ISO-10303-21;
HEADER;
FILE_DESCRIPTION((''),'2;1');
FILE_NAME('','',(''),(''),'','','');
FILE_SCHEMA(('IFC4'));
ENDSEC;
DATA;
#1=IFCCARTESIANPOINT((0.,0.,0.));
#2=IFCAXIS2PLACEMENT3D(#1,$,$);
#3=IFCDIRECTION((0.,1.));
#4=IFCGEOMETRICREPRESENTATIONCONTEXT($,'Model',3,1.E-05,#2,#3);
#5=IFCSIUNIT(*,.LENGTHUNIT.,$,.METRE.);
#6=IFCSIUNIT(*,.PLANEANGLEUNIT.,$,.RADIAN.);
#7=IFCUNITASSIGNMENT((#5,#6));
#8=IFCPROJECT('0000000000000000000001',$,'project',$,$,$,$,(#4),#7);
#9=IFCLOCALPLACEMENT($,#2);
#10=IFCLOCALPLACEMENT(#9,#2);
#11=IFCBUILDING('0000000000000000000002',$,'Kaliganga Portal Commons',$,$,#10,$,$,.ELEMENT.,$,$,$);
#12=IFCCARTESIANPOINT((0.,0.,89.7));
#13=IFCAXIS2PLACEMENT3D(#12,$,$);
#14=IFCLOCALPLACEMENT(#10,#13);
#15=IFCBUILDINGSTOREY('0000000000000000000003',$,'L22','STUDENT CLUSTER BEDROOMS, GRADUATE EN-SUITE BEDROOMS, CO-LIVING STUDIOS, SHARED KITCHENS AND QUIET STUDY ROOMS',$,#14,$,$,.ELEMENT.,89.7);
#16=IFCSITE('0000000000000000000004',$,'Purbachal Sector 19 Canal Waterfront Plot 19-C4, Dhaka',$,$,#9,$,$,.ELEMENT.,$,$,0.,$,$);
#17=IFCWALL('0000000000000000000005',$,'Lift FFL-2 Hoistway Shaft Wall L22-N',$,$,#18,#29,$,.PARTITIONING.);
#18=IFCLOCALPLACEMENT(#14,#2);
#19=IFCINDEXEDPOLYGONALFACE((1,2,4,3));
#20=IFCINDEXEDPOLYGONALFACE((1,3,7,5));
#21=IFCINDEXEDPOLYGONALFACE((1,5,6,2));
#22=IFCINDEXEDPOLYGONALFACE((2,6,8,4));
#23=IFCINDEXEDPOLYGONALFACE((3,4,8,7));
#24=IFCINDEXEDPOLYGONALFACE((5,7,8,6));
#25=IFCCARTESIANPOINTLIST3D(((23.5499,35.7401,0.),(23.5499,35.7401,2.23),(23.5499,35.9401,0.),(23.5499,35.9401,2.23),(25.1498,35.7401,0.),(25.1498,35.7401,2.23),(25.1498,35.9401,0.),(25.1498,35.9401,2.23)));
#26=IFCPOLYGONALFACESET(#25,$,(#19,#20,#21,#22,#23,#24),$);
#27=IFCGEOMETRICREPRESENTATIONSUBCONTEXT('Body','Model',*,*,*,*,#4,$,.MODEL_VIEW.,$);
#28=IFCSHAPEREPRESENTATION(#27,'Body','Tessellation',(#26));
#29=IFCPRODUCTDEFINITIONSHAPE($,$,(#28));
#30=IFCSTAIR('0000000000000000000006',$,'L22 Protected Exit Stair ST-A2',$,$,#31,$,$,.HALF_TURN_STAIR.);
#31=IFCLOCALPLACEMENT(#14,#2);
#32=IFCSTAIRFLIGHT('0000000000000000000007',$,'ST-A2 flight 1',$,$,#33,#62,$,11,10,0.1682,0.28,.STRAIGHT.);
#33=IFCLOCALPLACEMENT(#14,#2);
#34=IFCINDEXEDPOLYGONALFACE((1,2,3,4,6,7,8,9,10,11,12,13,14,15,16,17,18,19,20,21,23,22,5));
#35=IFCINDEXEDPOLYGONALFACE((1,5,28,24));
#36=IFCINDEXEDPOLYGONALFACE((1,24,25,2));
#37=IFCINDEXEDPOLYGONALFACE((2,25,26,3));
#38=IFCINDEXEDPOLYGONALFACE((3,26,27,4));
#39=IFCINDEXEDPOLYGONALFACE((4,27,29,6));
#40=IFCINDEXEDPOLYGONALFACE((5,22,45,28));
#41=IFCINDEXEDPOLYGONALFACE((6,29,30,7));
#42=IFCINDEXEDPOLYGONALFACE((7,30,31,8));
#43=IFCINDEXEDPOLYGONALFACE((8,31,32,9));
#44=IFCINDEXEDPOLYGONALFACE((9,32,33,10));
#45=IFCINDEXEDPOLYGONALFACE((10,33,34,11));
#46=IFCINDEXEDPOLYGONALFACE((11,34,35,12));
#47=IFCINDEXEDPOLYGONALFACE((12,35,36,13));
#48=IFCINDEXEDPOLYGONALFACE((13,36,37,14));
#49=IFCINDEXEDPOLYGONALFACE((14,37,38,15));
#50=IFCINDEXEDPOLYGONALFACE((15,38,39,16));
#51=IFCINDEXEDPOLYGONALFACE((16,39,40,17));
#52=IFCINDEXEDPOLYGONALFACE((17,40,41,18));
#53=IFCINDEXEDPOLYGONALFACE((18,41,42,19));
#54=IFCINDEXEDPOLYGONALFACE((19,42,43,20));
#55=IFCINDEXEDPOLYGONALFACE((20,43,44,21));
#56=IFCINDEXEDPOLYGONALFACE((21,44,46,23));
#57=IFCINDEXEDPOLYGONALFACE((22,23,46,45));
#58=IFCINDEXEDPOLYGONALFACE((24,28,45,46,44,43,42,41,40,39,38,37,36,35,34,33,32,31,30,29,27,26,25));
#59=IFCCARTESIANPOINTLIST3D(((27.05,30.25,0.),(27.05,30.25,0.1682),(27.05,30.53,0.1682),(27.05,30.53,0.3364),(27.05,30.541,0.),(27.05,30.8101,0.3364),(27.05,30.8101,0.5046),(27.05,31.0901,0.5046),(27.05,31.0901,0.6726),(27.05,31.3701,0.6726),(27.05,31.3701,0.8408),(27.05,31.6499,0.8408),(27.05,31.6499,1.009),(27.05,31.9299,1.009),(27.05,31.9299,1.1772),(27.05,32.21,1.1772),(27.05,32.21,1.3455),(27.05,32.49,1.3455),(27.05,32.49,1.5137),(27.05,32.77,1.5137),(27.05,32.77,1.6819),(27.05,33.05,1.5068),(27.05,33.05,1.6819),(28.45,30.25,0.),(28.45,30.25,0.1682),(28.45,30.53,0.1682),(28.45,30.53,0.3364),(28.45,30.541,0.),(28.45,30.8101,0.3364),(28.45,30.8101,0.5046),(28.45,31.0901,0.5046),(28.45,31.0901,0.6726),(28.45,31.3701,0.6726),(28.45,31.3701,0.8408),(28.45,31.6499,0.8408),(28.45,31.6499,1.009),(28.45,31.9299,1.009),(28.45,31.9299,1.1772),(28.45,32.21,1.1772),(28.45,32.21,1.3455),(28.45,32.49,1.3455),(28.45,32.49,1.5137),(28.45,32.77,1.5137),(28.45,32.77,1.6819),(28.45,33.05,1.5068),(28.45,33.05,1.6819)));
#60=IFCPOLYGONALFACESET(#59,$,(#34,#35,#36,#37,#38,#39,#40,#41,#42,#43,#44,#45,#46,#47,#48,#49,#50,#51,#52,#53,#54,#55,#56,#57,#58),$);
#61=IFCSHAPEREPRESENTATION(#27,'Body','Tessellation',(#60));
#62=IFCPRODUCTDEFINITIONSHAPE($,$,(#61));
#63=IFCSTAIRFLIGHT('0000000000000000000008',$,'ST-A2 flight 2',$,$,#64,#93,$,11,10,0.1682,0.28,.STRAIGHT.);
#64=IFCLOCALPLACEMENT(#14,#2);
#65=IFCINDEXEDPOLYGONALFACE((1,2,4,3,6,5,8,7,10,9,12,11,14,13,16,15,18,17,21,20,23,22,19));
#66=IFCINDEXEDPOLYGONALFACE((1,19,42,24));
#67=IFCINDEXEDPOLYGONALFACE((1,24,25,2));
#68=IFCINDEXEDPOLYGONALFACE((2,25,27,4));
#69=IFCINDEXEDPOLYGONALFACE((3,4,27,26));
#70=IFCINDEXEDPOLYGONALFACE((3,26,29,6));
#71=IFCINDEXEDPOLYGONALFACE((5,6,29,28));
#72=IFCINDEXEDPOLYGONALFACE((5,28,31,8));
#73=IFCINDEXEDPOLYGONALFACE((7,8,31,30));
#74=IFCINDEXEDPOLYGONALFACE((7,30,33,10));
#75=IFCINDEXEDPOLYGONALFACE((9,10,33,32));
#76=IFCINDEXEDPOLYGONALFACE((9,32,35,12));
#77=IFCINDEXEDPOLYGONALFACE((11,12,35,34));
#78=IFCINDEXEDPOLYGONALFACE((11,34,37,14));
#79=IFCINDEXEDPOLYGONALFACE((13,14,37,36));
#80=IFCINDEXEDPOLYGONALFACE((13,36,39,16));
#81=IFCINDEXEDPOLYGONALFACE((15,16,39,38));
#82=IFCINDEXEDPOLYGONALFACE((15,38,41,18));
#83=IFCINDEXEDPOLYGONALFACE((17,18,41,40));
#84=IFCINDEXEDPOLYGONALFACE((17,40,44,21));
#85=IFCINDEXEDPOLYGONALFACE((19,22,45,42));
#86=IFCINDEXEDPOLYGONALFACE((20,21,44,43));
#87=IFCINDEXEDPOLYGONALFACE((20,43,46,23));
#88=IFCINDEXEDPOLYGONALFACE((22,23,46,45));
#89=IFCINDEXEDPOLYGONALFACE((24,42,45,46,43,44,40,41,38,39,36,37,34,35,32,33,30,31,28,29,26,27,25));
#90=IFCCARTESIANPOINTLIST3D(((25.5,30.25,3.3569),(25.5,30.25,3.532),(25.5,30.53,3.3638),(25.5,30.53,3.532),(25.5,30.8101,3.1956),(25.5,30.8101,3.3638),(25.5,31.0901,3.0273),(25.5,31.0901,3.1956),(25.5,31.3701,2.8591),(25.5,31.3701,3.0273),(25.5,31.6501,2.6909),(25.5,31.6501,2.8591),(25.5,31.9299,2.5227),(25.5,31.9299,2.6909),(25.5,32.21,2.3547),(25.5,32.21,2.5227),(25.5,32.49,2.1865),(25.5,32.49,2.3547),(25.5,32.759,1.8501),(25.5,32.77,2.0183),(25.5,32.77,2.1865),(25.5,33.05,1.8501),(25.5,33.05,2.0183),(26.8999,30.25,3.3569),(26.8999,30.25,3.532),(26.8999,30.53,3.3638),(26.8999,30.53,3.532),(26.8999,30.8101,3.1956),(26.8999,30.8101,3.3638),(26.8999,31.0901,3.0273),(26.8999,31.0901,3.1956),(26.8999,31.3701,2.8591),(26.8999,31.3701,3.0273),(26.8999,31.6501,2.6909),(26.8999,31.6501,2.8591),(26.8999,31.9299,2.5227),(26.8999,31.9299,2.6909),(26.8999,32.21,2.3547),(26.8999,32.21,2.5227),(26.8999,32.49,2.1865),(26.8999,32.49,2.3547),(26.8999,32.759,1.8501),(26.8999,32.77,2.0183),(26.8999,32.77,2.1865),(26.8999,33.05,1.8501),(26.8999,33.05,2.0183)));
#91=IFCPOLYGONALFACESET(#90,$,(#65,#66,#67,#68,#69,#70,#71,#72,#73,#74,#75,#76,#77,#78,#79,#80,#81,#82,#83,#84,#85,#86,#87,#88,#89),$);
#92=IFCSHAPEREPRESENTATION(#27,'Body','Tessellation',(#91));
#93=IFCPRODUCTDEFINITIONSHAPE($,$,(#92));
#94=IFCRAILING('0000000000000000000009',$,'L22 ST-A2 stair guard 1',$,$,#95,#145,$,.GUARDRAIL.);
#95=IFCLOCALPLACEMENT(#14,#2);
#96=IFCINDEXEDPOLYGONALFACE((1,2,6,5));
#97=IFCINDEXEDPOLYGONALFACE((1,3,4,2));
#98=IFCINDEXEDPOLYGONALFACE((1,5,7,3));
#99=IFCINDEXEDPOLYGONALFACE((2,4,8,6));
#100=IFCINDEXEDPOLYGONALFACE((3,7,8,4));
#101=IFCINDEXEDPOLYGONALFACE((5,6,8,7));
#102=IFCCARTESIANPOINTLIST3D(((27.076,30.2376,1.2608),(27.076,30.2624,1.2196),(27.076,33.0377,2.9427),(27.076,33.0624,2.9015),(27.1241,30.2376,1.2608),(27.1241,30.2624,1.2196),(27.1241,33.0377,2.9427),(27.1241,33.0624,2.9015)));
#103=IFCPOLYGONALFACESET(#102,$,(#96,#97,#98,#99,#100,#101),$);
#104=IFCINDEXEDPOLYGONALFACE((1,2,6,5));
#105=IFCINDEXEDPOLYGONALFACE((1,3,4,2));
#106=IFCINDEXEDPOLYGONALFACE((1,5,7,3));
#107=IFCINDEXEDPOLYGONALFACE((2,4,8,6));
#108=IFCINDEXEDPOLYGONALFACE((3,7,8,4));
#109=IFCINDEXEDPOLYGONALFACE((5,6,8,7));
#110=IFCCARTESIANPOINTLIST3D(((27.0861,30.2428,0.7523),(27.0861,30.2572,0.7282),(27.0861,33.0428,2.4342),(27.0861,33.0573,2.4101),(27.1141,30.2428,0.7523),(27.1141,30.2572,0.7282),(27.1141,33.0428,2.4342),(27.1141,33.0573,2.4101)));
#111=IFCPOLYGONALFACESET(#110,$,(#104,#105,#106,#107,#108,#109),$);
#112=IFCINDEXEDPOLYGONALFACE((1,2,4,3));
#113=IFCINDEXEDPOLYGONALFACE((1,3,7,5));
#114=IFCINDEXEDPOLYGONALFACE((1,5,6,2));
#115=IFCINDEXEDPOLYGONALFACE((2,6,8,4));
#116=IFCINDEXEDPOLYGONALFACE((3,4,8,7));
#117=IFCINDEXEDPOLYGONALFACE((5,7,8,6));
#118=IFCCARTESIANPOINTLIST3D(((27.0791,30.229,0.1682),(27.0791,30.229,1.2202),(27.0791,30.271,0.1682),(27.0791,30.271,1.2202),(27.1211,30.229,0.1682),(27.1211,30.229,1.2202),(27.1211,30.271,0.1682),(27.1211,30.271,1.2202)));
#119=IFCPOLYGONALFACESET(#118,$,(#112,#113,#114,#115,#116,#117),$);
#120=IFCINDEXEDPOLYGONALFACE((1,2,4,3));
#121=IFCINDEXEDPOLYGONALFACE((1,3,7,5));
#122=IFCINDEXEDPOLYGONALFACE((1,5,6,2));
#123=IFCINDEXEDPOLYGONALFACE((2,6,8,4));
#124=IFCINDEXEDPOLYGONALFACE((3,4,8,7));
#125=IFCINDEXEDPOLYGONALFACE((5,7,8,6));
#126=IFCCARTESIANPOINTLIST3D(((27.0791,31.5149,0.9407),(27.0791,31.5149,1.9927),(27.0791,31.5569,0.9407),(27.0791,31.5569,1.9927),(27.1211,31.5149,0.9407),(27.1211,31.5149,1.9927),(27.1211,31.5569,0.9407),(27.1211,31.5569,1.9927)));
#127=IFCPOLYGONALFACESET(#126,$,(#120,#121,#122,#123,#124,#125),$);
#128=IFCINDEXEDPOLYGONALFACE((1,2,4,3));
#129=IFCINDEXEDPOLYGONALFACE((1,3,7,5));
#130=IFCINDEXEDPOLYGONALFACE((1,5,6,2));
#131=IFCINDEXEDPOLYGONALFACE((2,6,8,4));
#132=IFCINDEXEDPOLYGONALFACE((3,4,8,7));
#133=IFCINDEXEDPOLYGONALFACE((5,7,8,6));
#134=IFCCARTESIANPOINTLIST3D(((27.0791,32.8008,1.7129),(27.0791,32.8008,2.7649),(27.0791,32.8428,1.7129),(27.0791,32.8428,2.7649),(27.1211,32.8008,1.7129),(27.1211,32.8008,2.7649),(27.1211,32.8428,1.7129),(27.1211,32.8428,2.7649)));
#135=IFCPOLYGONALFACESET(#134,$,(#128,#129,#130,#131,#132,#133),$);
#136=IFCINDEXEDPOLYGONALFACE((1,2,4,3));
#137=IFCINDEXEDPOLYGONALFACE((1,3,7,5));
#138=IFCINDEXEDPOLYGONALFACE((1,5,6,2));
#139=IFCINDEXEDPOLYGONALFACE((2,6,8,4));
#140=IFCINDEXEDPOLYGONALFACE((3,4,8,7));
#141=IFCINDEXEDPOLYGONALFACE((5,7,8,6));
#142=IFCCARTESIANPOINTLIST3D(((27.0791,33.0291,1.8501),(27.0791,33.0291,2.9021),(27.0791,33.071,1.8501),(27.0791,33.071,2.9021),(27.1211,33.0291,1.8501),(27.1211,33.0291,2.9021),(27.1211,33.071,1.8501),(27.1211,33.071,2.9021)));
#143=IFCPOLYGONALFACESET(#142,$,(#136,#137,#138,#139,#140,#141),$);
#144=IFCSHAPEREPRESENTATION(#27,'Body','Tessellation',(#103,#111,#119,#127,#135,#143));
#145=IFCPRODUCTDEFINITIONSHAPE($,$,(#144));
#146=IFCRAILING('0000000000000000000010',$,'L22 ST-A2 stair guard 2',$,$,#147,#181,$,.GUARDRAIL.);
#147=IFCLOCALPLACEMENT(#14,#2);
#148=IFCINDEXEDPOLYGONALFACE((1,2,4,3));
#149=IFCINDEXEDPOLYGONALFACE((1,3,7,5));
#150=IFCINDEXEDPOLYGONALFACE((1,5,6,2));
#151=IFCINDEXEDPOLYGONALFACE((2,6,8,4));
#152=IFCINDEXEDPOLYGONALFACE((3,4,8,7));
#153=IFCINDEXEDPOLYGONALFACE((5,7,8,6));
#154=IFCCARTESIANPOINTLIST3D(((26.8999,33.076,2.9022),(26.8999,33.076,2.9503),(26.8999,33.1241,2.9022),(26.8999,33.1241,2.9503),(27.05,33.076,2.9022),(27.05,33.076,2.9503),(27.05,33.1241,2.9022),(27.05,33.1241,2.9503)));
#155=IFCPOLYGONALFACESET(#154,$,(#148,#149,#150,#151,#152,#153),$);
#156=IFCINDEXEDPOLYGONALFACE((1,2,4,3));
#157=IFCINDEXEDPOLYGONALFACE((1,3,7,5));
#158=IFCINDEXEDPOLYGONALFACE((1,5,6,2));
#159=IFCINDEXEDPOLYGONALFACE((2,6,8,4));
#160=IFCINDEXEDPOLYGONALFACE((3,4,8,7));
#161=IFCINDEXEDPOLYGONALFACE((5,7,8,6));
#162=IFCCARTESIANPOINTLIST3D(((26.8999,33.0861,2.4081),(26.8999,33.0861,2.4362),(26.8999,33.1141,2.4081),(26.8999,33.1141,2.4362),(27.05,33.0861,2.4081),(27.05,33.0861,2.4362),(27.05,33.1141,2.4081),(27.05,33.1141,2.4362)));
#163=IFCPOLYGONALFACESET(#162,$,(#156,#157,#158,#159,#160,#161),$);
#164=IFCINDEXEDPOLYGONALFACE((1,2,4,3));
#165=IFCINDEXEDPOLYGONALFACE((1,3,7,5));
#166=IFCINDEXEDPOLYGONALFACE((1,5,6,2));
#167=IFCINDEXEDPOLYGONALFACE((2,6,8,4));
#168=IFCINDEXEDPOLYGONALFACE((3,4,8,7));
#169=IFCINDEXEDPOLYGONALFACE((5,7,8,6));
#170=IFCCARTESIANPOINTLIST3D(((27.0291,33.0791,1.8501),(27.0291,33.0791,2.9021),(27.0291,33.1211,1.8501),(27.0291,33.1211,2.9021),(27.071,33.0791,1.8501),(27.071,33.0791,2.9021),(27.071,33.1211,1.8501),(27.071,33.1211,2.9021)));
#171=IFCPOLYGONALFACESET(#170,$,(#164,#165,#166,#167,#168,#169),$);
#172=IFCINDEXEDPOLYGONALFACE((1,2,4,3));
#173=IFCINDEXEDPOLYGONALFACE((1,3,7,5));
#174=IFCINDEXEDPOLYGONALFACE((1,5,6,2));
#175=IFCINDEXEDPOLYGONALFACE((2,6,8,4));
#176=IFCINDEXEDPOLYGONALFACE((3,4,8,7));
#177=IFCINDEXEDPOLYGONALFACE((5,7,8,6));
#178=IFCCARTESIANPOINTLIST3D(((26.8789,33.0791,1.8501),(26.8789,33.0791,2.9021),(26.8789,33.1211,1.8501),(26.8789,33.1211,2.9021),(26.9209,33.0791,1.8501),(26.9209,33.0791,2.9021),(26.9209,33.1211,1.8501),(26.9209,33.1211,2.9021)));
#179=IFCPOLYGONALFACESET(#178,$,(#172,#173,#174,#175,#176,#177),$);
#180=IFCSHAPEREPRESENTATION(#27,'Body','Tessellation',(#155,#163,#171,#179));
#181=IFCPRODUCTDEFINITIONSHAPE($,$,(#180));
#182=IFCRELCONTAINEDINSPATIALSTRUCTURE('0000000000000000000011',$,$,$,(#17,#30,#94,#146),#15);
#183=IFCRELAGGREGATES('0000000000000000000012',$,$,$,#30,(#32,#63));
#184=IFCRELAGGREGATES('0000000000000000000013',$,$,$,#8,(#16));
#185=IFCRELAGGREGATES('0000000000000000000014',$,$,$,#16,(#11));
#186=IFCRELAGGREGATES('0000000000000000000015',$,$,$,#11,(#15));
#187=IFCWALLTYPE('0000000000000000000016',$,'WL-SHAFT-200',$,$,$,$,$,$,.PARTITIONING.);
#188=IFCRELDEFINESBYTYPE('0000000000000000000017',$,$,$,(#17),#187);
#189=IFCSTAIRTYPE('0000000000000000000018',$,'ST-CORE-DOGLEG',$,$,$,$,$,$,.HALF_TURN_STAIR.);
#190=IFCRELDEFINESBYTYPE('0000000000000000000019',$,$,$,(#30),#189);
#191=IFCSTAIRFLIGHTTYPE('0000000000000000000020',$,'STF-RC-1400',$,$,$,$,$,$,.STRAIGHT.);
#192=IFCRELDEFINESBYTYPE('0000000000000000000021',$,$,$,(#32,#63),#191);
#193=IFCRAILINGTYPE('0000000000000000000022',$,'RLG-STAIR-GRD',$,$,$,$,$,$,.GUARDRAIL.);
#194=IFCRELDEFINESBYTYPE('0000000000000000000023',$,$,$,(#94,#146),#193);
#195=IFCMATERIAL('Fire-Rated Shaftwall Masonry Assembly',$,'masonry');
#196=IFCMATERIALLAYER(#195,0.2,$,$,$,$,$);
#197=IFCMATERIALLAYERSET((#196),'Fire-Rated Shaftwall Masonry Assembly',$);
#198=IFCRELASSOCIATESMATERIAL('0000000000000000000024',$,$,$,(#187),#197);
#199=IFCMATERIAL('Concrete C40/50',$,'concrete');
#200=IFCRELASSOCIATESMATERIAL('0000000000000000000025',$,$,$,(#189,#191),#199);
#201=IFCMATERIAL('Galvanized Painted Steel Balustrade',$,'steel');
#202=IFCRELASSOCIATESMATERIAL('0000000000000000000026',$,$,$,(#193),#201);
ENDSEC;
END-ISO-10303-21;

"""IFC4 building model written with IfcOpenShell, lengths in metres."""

from ifc_helpers import new_model, si_unit, direction, frame, frame_2d, origin, origin_2d, place, context, subcontext, project, spatial, polyline, rectangle, outline, extrude, material, layer, layer_set, type_object, element, aggregate, save


model = new_model("IFC4")

# Units and contexts
model_context = context("Model", 3, precision=1e-05, world=origin(), true_north=direction((0.0, 1.0)))
body_context = subcontext(model_context, "Body", "Model", "MODEL_VIEW")
ifc_project = project(units=[si_unit("LENGTHUNIT", "METRE"), si_unit("PLANEANGLEUNIT", "RADIAN")], contexts=[model_context])

# Site, building, storey
site_placement = place(None, origin())
site = spatial("IfcSite", under=ifc_project, at=site_placement, Name="Purbachal Sector 19 Canal Waterfront Plot 19-C4, Dhaka", CompositionType="ELEMENT", RefElevation=0.0)
building_placement = place(site_placement, origin())
building = spatial("IfcBuilding", under=site, at=building_placement, Name="Kaliganga Portal Commons", CompositionType="ELEMENT")
storey_placement = place(building_placement, frame((0.0, 0.0, 89.7)))
storey = spatial("IfcBuildingStorey", under=building, at=storey_placement, Name="L22", Description="STUDENT CLUSTER BEDROOMS, GRADUATE EN-SUITE BEDROOMS, CO-LIVING STUDIOS, SHARED KITCHENS AND QUIET STUDY ROOMS", CompositionType="ELEMENT", Elevation=89.7)

# Shared definitions
ifc_material_1 = material(Name="Fire-Rated Shaftwall Masonry Assembly", Category="masonry")
ifc_layer_1 = layer(ifc_material_1, 0.2)
ifc_layer_set_1 = layer_set([ifc_layer_1], Name="Fire-Rated Shaftwall Masonry Assembly")
wall_type_1 = type_object("IfcWallType", Name="WL-SHAFT-200", PredefinedType="PARTITIONING", material=ifc_layer_set_1)

# Wall
wall_1_placement = place(storey_placement, frame((23.55, 35.8401, 0.0), z_axis=(0.0, 0.0, 1.0), x_axis=(1.0, 0.0, 0.0)))
element("IfcWall", 1, at=wall_1_placement, inside=storey, type_object=wall_type_1, Name="Lift FFL-2 Hoistway Shaft Wall L22-N", PredefinedType="PARTITIONING", context=body_context, shape_type="SweptSolid", body=[
    extrude(rectangle(XDim=1.5999, YDim=0.2, at=frame_2d((0.7998, 0.0))), origin(), (0.0, 0.0, 1.0), 2.23),
])

# Stair, stair flights
ifc_material_2 = material(Name="Concrete C40/50", Category="concrete")
stair_type = type_object("IfcStairType", Name="ST-CORE-DOGLEG", PredefinedType="HALF_TURN_STAIR", material=ifc_material_2)
stair_placement = place(storey_placement, origin())
stair = element("IfcStair", 2, at=stair_placement, inside=storey, type_object=stair_type, Name="L22 Protected Exit Stair ST-A2", PredefinedType="HALF_TURN_STAIR")
stair_flight_type = type_object("IfcStairFlightType", Name="STF-RC-1400", PredefinedType="STRAIGHT", material=ifc_material_2)
stair_flight_1_placement = place(storey_placement, frame((27.75, 30.25, 0.0), z_axis=(0.0, 0.0, 1.0), x_axis=(0.0, 1.0, 0.0)))
stair_flight_1 = element("IfcStairFlight", 3, at=stair_flight_1_placement, type_object=stair_flight_type, Name="ST-A2 flight 1", NumberOfRisers=11, NumberOfTreads=10, PredefinedType="STRAIGHT", RiserHeight=0.1682, TreadLength=0.28, context=body_context, shape_type="SweptSolid", body=[
    extrude(outline(polyline([(0.0, 0.0), (0.0, 0.1682), (0.28, 0.1682), (0.28, 0.3364), (0.5601, 0.3364), (0.5601, 0.5046), (0.8401, 0.5046), (0.8401, 0.6726), (1.1201, 0.6726), (1.1201, 0.8408), (1.3999, 0.8408), (1.3999, 1.009), (1.6799, 1.009), (1.6799, 1.1772), (1.96, 1.1772), (1.96, 1.3455), (2.24, 1.3455), (2.24, 1.5137), (2.52, 1.5137), (2.52, 1.6819), (2.8, 1.6819), (2.8, 1.8501), (2.8, 1.5068), (0.291, 0.0), (0.0, 0.0)])), frame((0.0, 0.7, 0.0), z_axis=(0.0, -1.0, 0.0), x_axis=(1.0, 0.0, 0.0)), (0.0, 0.0, 1.0), 1.3999),
])
stair_flight_2_placement = place(storey_placement, frame((26.2, 33.05, 1.8501), z_axis=(0.0, 0.0, 1.0), x_axis=(0.0, -1.0, 0.0)))
stair_flight_2 = element("IfcStairFlight", 4, at=stair_flight_2_placement, type_object=stair_flight_type, Name="ST-A2 flight 2", NumberOfRisers=11, NumberOfTreads=10, PredefinedType="STRAIGHT", RiserHeight=0.1682, TreadLength=0.28, context=body_context, shape_type="SweptSolid", body=[
    extrude(outline(polyline([(0.0, 0.0), (0.0, 0.1682), (0.28, 0.1682), (0.28, 0.3364), (0.5601, 0.3364), (0.5601, 0.5046), (0.8401, 0.5046), (0.8401, 0.6726), (1.1201, 0.6726), (1.1201, 0.8408), (1.3999, 0.8408), (1.3999, 1.009), (1.6799, 1.009), (1.6799, 1.1772), (1.96, 1.1772), (1.96, 1.3455), (2.24, 1.3455), (2.24, 1.5137), (2.52, 1.5137), (2.52, 1.6819), (2.8, 1.6819), (2.8, 1.8501), (2.8, 1.5068), (0.291, 0.0), (0.0, 0.0)])), frame((0.0, 0.7, 0.0), z_axis=(0.0, -1.0, 0.0), x_axis=(1.0, 0.0, 0.0)), (0.0, 0.0, 1.0), 1.3999),
])
aggregate(stair, [stair_flight_1, stair_flight_2])

# Railings
ifc_material_3 = material(Name="Galvanized Painted Steel Balustrade", Category="steel")
railing_type_1 = type_object("IfcRailingType", Name="RLG-STAIR-GRD", PredefinedType="GUARDRAIL", material=ifc_material_3)
railing_1_placement = place(storey_placement, frame((27.1001, 30.25, 0.1682)))
element("IfcRailing", 5, at=railing_1_placement, inside=storey, type_object=railing_type_1, Name="L22 ST-A2 stair guard 1", PredefinedType="GUARDRAIL", context=body_context, shape_type="SweptSolid", body=[
    extrude(rectangle(XDim=0.0481, YDim=0.0481, at=origin_2d()), frame((0.0, 0.0, 1.072), z_axis=(0.0, 0.857242, 0.514913), x_axis=(-1.0, 0.0, 0.0)), (0.0, 0.0, 1.0), 3.2664),
    extrude(rectangle(XDim=0.0281, YDim=0.0281, at=origin_2d()), frame((0.0, 0.0, 0.572), z_axis=(0.0, 0.857242, 0.514913), x_axis=(-1.0, 0.0, 0.0)), (0.0, 0.0, 1.0), 3.2664),
    extrude(rectangle(XDim=0.042, YDim=0.042, at=origin_2d()), origin(), (0.0, 0.0, 1.0), 1.052),
    extrude(rectangle(XDim=0.042, YDim=0.042, at=origin_2d()), frame((0.0, 1.2859, 0.7725)), (0.0, 0.0, 1.0), 1.052),
    extrude(rectangle(XDim=0.042, YDim=0.042, at=origin_2d()), frame((0.0, 2.5718, 1.5447)), (0.0, 0.0, 1.0), 1.052),
    extrude(rectangle(XDim=0.042, YDim=0.042, at=origin_2d()), frame((0.0, 2.8, 1.6819)), (0.0, 0.0, 1.0), 1.052),
])
railing_2_placement = place(storey_placement, frame((27.05, 33.1001, 1.8501)))
element("IfcRailing", 6, at=railing_2_placement, inside=storey, type_object=railing_type_1, Name="L22 ST-A2 stair guard 2", PredefinedType="GUARDRAIL", context=body_context, shape_type="SweptSolid", body=[
    extrude(rectangle(XDim=0.0481, YDim=0.0481, at=origin_2d()), frame((0.0, 0.0, 1.0762), z_axis=(-1.0, 0.0, 0.0), x_axis=(0.0, -1.0, 0.0)), (0.0, 0.0, 1.0), 0.1501),
    extrude(rectangle(XDim=0.0281, YDim=0.0281, at=origin_2d()), frame((0.0, 0.0, 0.572), z_axis=(-1.0, 0.0, 0.0), x_axis=(0.0, -1.0, 0.0)), (0.0, 0.0, 1.0), 0.1501),
    extrude(rectangle(XDim=0.042, YDim=0.042, at=origin_2d()), origin(), (0.0, 0.0, 1.0), 1.052),
    extrude(rectangle(XDim=0.042, YDim=0.042, at=origin_2d()), frame((-0.1501, 0.0, 0.0)), (0.0, 0.0, 1.0), 1.052),
])

save(model, "model.ifc")
